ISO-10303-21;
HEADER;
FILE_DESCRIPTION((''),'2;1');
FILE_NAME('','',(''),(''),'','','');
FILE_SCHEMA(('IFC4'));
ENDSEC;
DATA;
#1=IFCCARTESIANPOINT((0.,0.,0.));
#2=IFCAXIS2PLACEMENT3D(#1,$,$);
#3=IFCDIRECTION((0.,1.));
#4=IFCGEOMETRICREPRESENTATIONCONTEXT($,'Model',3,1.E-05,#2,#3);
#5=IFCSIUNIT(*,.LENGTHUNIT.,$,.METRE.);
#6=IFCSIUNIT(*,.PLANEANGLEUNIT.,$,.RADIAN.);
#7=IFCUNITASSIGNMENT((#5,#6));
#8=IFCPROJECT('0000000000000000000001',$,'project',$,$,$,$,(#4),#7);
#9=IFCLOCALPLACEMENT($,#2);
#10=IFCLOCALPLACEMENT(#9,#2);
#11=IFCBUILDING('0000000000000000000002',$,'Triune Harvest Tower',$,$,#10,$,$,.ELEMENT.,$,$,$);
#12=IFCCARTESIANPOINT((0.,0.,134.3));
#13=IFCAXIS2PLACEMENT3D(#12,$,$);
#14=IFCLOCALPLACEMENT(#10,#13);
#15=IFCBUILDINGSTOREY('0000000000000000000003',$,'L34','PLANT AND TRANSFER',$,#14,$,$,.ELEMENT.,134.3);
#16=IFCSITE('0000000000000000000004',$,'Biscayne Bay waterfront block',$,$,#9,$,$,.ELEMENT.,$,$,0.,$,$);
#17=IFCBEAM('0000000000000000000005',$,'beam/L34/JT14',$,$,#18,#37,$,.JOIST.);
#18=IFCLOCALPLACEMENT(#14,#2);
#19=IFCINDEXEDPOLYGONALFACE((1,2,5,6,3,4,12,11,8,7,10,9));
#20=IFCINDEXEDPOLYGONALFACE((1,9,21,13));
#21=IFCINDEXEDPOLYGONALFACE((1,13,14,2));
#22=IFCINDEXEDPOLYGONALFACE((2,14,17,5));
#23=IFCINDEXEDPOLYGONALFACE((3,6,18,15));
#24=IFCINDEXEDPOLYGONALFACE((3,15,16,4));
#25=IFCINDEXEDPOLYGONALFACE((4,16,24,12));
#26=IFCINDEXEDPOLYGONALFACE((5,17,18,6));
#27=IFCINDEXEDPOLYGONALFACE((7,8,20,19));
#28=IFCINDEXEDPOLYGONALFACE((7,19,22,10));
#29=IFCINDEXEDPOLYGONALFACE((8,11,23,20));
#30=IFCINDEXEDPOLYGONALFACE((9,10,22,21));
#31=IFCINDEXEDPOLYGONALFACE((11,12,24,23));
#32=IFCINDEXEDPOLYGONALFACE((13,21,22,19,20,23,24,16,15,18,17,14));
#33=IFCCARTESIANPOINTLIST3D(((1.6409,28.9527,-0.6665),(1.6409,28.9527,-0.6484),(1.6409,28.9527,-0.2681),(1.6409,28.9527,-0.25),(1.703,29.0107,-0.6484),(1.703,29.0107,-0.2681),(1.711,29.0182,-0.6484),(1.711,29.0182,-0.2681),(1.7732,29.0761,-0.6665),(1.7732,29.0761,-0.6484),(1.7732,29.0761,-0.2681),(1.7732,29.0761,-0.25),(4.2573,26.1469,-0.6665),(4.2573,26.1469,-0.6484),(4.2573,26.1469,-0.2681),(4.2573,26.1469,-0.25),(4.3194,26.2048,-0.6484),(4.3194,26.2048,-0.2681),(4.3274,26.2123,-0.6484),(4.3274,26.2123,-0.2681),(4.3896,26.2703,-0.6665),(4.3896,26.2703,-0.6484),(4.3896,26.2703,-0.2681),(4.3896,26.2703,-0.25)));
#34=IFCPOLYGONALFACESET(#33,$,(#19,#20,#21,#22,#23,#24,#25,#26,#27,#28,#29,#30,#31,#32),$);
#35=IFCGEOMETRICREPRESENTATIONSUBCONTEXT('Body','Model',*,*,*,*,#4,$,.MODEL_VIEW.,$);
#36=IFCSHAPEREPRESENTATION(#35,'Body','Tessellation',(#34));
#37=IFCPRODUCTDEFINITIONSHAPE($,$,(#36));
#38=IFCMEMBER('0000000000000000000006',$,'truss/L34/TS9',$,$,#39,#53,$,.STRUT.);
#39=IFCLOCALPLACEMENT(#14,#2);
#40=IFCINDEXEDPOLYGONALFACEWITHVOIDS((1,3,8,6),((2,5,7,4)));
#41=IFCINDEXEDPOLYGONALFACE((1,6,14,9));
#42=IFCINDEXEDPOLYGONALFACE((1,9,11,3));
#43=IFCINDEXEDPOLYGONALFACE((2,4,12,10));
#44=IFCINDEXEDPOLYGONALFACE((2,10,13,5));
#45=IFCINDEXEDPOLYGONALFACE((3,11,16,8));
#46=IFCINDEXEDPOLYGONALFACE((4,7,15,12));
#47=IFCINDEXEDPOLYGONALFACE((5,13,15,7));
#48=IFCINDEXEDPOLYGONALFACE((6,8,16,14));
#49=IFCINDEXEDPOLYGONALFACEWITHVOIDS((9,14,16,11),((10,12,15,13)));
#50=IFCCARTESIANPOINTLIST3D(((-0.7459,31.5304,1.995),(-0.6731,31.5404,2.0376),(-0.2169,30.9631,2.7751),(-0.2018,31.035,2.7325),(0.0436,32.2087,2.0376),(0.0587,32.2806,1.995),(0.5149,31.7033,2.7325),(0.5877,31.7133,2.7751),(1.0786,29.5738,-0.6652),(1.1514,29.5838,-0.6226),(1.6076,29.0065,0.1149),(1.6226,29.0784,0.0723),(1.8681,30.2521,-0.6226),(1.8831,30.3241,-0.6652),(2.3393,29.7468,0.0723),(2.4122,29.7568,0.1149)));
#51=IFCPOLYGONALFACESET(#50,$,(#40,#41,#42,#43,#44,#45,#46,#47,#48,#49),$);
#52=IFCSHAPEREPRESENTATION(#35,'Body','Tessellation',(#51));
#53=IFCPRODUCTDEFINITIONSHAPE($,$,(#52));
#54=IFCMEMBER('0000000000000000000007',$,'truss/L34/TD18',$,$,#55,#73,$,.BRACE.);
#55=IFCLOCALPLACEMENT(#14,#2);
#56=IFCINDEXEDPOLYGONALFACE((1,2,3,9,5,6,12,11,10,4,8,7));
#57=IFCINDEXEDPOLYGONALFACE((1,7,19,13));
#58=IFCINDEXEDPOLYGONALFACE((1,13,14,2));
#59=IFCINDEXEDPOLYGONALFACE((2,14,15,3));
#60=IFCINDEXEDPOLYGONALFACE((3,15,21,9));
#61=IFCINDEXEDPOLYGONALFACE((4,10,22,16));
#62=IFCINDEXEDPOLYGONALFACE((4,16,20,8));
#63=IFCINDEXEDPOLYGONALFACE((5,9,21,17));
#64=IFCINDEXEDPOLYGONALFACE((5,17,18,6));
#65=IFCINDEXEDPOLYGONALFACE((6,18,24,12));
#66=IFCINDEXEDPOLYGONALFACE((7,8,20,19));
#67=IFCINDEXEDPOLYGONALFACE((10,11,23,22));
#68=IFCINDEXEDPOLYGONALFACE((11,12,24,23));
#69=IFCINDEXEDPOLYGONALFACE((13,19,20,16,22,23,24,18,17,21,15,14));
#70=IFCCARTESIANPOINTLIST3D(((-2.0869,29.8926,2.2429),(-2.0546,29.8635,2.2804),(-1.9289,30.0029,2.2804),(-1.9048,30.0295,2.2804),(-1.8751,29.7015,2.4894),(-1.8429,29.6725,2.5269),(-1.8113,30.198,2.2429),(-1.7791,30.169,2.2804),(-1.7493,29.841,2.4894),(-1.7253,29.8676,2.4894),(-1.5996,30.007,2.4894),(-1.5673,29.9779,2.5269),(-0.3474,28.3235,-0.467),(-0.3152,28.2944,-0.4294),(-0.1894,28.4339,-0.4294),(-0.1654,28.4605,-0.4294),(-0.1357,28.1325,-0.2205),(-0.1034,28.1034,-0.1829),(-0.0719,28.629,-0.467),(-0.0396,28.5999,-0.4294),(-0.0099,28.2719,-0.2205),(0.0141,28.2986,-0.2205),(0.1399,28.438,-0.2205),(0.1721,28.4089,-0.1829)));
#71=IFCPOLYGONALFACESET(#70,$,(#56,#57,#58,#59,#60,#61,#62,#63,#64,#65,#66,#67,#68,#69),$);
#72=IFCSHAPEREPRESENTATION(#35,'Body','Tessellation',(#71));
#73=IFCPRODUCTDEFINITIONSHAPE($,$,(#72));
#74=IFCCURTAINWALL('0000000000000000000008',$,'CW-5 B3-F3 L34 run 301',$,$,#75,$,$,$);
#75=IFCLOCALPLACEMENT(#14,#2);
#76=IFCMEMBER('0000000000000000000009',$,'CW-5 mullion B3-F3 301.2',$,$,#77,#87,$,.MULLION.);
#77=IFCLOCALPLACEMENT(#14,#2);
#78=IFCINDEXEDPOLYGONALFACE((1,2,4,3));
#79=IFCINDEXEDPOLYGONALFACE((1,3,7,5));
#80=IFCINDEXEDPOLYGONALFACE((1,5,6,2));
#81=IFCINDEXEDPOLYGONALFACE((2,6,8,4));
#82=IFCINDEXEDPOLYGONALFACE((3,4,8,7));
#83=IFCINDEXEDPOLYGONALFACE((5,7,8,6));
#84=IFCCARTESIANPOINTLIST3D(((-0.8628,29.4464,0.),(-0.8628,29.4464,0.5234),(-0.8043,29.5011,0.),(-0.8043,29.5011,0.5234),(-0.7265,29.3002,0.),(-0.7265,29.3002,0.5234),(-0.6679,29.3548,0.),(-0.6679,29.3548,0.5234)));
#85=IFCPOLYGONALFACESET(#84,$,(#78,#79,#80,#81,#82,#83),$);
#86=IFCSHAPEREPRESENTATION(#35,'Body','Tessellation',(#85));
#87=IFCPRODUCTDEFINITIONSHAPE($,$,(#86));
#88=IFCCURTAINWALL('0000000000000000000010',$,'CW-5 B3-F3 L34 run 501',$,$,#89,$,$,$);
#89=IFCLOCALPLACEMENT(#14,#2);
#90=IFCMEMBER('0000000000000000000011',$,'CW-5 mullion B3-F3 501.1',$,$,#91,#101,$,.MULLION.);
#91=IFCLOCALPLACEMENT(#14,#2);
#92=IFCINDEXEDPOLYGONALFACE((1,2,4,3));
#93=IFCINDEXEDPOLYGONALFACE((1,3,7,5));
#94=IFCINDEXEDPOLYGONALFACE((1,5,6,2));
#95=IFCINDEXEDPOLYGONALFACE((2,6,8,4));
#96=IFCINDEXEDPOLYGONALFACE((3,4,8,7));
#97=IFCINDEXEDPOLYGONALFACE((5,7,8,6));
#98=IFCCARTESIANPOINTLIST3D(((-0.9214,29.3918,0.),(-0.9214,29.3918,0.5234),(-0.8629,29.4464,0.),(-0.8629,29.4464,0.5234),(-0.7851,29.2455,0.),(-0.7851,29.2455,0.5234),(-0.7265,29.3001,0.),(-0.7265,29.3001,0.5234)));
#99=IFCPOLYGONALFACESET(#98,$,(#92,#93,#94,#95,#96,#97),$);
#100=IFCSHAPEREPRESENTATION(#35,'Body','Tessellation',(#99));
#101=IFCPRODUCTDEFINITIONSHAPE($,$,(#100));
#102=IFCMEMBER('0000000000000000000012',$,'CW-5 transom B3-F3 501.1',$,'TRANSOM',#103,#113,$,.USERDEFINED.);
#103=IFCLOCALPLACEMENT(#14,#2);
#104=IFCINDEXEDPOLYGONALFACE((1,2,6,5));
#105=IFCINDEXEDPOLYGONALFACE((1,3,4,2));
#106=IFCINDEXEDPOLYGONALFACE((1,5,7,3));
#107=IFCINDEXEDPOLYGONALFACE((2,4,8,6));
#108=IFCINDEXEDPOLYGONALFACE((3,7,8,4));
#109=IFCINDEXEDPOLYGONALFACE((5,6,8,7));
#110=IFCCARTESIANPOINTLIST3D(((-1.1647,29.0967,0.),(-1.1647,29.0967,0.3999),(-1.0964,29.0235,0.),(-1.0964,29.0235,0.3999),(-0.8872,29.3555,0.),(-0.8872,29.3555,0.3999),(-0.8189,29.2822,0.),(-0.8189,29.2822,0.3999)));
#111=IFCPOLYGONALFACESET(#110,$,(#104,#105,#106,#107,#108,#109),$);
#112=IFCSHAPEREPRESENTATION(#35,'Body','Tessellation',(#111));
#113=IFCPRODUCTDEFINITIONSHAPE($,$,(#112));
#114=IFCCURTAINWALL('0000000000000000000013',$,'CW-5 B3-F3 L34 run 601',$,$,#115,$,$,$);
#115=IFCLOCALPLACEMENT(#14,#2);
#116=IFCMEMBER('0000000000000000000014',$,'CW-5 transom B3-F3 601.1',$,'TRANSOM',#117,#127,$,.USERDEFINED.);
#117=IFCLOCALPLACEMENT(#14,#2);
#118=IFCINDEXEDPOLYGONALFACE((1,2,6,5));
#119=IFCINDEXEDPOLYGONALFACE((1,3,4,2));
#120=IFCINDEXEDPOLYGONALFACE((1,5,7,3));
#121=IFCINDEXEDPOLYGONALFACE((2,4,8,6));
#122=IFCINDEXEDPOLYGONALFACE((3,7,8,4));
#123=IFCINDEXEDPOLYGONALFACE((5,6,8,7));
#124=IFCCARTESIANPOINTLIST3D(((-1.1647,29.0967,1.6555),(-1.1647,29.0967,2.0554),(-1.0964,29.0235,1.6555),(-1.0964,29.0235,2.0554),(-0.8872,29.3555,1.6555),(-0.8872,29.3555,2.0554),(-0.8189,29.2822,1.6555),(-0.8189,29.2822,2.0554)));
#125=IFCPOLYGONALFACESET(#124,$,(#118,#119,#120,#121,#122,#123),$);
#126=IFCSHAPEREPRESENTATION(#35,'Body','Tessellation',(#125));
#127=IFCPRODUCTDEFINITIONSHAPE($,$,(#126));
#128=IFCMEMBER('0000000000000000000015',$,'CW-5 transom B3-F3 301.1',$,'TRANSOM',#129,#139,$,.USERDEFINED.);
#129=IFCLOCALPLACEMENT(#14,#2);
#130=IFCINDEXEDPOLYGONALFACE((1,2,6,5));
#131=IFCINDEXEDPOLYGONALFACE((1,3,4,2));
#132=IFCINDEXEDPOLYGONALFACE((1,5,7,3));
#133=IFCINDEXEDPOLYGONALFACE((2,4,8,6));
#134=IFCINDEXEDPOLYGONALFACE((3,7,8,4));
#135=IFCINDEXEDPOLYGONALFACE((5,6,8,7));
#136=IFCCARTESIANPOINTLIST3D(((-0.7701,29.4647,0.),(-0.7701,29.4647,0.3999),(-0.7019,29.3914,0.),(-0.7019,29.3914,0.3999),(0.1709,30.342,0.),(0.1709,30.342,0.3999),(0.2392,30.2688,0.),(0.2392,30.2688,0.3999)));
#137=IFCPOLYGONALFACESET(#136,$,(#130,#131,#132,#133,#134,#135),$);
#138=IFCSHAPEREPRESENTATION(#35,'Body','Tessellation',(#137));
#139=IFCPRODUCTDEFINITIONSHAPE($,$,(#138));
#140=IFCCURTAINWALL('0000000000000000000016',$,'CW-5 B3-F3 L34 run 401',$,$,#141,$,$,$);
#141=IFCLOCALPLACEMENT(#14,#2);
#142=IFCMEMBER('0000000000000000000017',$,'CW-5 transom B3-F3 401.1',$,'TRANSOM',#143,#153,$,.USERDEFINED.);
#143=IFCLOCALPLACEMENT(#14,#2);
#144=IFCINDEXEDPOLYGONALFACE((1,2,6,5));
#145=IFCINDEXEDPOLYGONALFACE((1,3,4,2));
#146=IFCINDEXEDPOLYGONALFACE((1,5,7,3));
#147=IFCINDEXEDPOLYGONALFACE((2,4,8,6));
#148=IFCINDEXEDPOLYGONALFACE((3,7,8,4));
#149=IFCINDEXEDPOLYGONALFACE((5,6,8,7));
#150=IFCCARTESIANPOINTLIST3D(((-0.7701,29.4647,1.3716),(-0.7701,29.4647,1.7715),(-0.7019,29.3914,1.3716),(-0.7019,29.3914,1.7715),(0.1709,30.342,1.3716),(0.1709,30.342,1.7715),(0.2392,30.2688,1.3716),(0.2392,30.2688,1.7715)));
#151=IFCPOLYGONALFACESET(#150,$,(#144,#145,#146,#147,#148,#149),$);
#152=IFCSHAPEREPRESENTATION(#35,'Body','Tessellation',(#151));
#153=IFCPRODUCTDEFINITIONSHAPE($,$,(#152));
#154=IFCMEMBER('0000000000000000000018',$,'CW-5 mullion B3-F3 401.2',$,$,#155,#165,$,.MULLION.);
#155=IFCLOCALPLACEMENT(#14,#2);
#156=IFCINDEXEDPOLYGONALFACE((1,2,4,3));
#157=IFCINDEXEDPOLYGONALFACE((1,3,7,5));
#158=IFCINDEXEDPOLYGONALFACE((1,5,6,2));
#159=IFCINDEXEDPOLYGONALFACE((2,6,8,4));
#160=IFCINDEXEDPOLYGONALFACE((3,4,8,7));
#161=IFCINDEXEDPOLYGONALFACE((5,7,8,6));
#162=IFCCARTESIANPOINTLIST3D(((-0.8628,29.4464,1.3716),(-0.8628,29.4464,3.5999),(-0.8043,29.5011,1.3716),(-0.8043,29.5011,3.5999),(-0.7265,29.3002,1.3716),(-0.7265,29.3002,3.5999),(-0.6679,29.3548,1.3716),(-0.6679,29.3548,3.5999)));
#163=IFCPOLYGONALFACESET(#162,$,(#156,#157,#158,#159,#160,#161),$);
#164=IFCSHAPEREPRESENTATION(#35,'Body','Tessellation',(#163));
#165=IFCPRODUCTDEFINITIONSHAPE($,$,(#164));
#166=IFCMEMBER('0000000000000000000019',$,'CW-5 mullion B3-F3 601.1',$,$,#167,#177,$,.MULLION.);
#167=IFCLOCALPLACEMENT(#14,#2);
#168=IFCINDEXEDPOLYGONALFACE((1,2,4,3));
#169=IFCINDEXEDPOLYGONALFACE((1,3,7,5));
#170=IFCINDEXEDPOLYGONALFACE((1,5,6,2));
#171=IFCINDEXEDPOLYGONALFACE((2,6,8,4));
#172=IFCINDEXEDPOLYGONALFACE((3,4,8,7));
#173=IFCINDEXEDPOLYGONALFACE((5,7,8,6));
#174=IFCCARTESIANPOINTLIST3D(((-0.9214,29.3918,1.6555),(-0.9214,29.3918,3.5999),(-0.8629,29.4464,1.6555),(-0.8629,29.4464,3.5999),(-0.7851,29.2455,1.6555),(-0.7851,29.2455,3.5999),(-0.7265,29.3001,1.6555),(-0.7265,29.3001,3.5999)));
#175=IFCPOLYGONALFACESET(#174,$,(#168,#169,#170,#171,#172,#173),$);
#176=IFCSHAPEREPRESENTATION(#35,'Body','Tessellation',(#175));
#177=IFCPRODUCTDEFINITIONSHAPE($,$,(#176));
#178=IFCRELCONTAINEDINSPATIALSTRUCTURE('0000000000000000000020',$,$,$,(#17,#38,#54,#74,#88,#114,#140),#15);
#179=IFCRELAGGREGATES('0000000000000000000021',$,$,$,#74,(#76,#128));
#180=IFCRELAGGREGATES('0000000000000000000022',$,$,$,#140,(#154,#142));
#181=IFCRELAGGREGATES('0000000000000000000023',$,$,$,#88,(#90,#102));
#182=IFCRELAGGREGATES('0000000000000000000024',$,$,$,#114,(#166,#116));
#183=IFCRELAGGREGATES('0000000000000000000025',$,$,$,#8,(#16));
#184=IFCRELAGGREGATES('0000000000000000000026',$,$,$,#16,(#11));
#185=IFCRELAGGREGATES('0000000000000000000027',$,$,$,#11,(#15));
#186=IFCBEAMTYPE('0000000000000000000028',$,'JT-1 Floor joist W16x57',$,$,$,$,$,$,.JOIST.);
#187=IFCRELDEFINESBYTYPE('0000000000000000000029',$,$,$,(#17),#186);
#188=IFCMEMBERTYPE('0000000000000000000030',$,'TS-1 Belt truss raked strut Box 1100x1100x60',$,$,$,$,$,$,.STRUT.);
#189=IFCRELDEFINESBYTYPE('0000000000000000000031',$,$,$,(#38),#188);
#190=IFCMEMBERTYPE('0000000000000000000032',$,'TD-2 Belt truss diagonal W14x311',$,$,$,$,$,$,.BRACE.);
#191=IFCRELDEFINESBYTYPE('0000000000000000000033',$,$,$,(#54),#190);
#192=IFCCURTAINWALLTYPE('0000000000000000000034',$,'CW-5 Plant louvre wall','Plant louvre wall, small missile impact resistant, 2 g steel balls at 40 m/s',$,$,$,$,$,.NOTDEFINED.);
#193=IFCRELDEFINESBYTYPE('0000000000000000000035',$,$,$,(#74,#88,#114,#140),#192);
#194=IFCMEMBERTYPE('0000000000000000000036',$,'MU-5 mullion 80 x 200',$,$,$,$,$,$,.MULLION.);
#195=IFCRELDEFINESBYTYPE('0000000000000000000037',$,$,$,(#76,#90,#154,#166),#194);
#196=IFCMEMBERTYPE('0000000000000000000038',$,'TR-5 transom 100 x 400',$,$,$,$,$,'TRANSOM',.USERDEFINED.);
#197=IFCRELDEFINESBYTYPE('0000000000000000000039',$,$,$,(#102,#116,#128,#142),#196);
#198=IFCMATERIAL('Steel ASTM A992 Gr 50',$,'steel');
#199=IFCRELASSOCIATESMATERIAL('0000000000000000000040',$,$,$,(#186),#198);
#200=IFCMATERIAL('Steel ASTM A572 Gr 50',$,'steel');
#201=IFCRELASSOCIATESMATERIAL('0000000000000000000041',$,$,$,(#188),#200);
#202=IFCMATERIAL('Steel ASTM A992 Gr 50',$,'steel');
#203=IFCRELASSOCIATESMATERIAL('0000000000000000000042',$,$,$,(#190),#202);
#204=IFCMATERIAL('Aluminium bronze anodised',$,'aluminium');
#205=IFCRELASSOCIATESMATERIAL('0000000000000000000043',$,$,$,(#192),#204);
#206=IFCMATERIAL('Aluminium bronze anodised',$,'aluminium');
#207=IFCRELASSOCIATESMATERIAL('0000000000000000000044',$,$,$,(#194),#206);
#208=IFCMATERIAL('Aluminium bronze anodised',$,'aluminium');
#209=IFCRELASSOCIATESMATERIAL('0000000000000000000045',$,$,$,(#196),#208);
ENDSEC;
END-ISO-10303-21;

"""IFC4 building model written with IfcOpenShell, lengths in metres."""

from ifc_helpers import new_model, si_unit, direction, frame, origin, origin_2d, place, context, subcontext, project, spatial, rectangle, hollow_rectangle, i_section, extrude, source, transform, mapped, material, material_profile, profile_set, type_object, element, aggregate, save


model = new_model("IFC4")

# Units and contexts
model_context = context("Model", 3, precision=1e-05, world=origin(), true_north=direction((0.0, 1.0)))
body_context = subcontext(model_context, "Body", "Model", "MODEL_VIEW")
ifc_project = project(units=[si_unit("LENGTHUNIT", "METRE"), si_unit("PLANEANGLEUNIT", "RADIAN")], contexts=[model_context])

# Site, building, storey
site_placement = place(None, origin())
site = spatial("IfcSite", under=ifc_project, at=site_placement, Name="Biscayne Bay waterfront block", CompositionType="ELEMENT", RefElevation=0.0)
building_placement = place(site_placement, origin())
building = spatial("IfcBuilding", under=site, at=building_placement, Name="Triune Harvest Tower", CompositionType="ELEMENT")
storey_placement = place(building_placement, frame((0.0, 0.0, 134.3)))
storey = spatial("IfcBuildingStorey", under=building, at=storey_placement, Name="L34", Description="PLANT AND TRANSFER", CompositionType="ELEMENT", Elevation=134.3)

# Beam
ifc_material_1 = material(Name="Steel ASTM A992 Gr 50", Category="steel")
ifc_material_profile_1 = material_profile(ifc_material_1, i_section(OverallWidth=0.1809, OverallDepth=0.4165, WebThickness=0.011, FlangeThickness=0.0181, at=origin_2d()), Name="W16x57")
ifc_profile_set_1 = profile_set([ifc_material_profile_1], Name="Steel ASTM A992 Gr 50")
beam_type = type_object("IfcBeamType", Name="JT-1 Floor joist W16x57", PredefinedType="JOIST", material=ifc_profile_set_1)
shared_shape_1 = source(origin(), body_context, "Body", "SweptSolid", [
    extrude(i_section(OverallWidth=0.1809, OverallDepth=0.4165, WebThickness=0.011, FlangeThickness=0.0181, at=origin_2d()), origin(), (0.0, 0.0, 1.0), 3.8364),
])
beam_placement = place(storey_placement, frame((1.707, 29.0144, -0.4583), z_axis=(0.681985, -0.731366, 0.0), x_axis=(0.731366, 0.681985, 0.0)))
element("IfcBeam", 1, at=beam_placement, inside=storey, type_object=beam_type, Name="beam/L34/JT14", PredefinedType="JOIST", context=body_context, shape_type="MappedRepresentation", body=[
    mapped(shared_shape_1, transform((0.0, 0.0, 0.0), scale=1.0)),
])

# Members
ifc_material_2 = material(Name="Steel ASTM A572 Gr 50", Category="steel")
ifc_material_profile_2 = material_profile(ifc_material_2, hollow_rectangle(XDim=1.1001, YDim=1.1001, WallThickness=0.0601, at=origin_2d()), Name="Box 1100x1100x60")
ifc_profile_set_2 = profile_set([ifc_material_profile_2], Name="Steel ASTM A572 Gr 50")
member_type_1 = type_object("IfcMemberType", Name="TS-1 Belt truss raked strut Box 1100x1100x60", PredefinedType="STRUT", material=ifc_profile_set_2)
shared_shape_2 = source(origin(), body_context, "Body", "SweptSolid", [
    extrude(hollow_rectangle(XDim=1.1001, YDim=1.1001, WallThickness=0.0601, at=origin_2d()), origin(), (0.0, 0.0, 1.0), 3.7727),
])
member_1_placement = place(storey_placement, frame((1.7454, 29.6653, -0.2751), z_axis=(-0.483598, 0.518607, 0.705109), x_axis=(-0.731362, -0.68199, 0.0)))
element("IfcMember", 2, at=member_1_placement, inside=storey, type_object=member_type_1, Name="truss/L34/TS9", PredefinedType="STRUT", context=body_context, shape_type="MappedRepresentation", body=[
    mapped(shared_shape_2, transform((0.0, 0.0, 0.0), scale=1.0)),
])
ifc_material_3 = material(Name="Steel ASTM A992 Gr 50", Category="steel")
ifc_material_profile_3 = material_profile(ifc_material_3, i_section(OverallWidth=0.4114, OverallDepth=0.4343, WebThickness=0.0359, FlangeThickness=0.0574, at=origin_2d()), Name="W14x311")
ifc_profile_set_3 = profile_set([ifc_material_profile_3], Name="Steel ASTM A992 Gr 50")
member_type_2 = type_object("IfcMemberType", Name="TD-2 Belt truss diagonal W14x311", PredefinedType="BRACE", material=ifc_profile_set_3)
shared_shape_3 = source(origin(), body_context, "Body", "SweptSolid", [
    extrude(i_section(OverallWidth=0.4114, OverallDepth=0.4343, WebThickness=0.0359, FlangeThickness=0.0574, at=origin_2d()), origin(), (0.0, 0.0, 1.0), 3.582),
])
member_2_placement = place(storey_placement, frame((-0.0876, 28.3662, -0.325), z_axis=(-0.485603, 0.438031, 0.756518), x_axis=(-0.669799, -0.742542, 0.0)))
element("IfcMember", 3, at=member_2_placement, inside=storey, type_object=member_type_2, Name="truss/L34/TD18", PredefinedType="BRACE", context=body_context, shape_type="MappedRepresentation", body=[
    mapped(shared_shape_3, transform((0.0, 0.0, 0.0), scale=1.0)),
])

# Curtain wall, member
ifc_material_4 = material(Name="Aluminium bronze anodised", Category="aluminium")
curtain_wall_type = type_object("IfcCurtainWallType", Name="CW-5 Plant louvre wall", Description="Plant louvre wall, small missile impact resistant, 2 g steel balls at 40 m/s", PredefinedType="NOTDEFINED", material=ifc_material_4)
curtain_wall_1_placement = place(storey_placement, origin())
curtain_wall_1 = element("IfcCurtainWall", 4, at=curtain_wall_1_placement, inside=storey, type_object=curtain_wall_type, Name="CW-5 B3-F3 L34 run 301")
ifc_material_5 = material(Name="Aluminium bronze anodised", Category="aluminium")
ifc_material_profile_4 = material_profile(ifc_material_5, rectangle(XDim=0.2, YDim=0.0801, at=origin_2d()), Name="MU-5 mullion 80 x 200")
ifc_profile_set_4 = profile_set([ifc_material_profile_4], Name="Aluminium bronze anodised")
member_type_3 = type_object("IfcMemberType", Name="MU-5 mullion 80 x 200", PredefinedType="MULLION", material=ifc_profile_set_4)
shared_shape_4 = source(origin(), body_context, "Body", "SweptSolid", [
    extrude(rectangle(XDim=0.2, YDim=0.0801, at=origin_2d()), origin(), (0.0, 0.0, 1.0), 0.5234),
])
member_3_placement = place(storey_placement, frame((-0.7654, 29.4006, 0.0), z_axis=(0.0, 0.0, 1.0), x_axis=(0.682, -0.731352, 0.0)))
member_3 = element("IfcMember", 5, at=member_3_placement, type_object=member_type_3, Name="CW-5 mullion B3-F3 301.2", PredefinedType="MULLION", context=body_context, shape_type="MappedRepresentation", body=[
    mapped(shared_shape_4, transform((0.0, 0.0, 0.0), scale=1.0)),
])

# Curtain wall, members
curtain_wall_2_placement = place(storey_placement, origin())
curtain_wall_2 = element("IfcCurtainWall", 6, at=curtain_wall_2_placement, inside=storey, type_object=curtain_wall_type, Name="CW-5 B3-F3 L34 run 501")
member_4_placement = place(storey_placement, frame((-0.824, 29.3459, 0.0), z_axis=(0.0, 0.0, 1.0), x_axis=(0.681922, -0.731425, 0.0)))
member_4 = element("IfcMember", 7, at=member_4_placement, type_object=member_type_3, Name="CW-5 mullion B3-F3 501.1", PredefinedType="MULLION", context=body_context, shape_type="MappedRepresentation", body=[
    mapped(shared_shape_4, transform((0.0, 0.0, 0.0), scale=1.0)),
])
ifc_material_6 = material(Name="Aluminium bronze anodised", Category="aluminium")
ifc_material_profile_5 = material_profile(ifc_material_6, rectangle(XDim=0.1001, YDim=0.3999, at=origin_2d()), Name="TR-5 transom 100 x 400")
ifc_profile_set_5 = profile_set([ifc_material_profile_5], Name="Aluminium bronze anodised")
member_type_4 = type_object("IfcMemberType", Name="TR-5 transom 100 x 400", ElementType="TRANSOM", PredefinedType="USERDEFINED", material=ifc_profile_set_5)
shared_shape_5 = source(origin(), body_context, "Body", "SweptSolid", [
    extrude(rectangle(XDim=0.1001, YDim=0.3999, at=origin_2d()), origin(), (0.0, 0.0, 1.0), 0.3794),
])
member_5_placement = place(storey_placement, frame((-0.853, 29.3188, 0.2), z_axis=(-0.73144, -0.681906, 0.0), x_axis=(0.681906, -0.73144, 0.0)))
member_5 = element("IfcMember", 8, at=member_5_placement, type_object=member_type_4, Name="CW-5 transom B3-F3 501.1", ObjectType="TRANSOM", PredefinedType="USERDEFINED", context=body_context, shape_type="MappedRepresentation", body=[
    mapped(shared_shape_5, transform((0.0, 0.0, 0.0), scale=1.0)),
])

# Curtain wall, member
curtain_wall_3_placement = place(storey_placement, origin())
curtain_wall_3 = element("IfcCurtainWall", 9, at=curtain_wall_3_placement, inside=storey, type_object=curtain_wall_type, Name="CW-5 B3-F3 L34 run 601")
member_6_placement = place(storey_placement, frame((-0.853, 29.3188, 1.8555), z_axis=(-0.73144, -0.681906, 0.0), x_axis=(0.681906, -0.73144, 0.0)))
member_6 = element("IfcMember", 10, at=member_6_placement, type_object=member_type_4, Name="CW-5 transom B3-F3 601.1", ObjectType="TRANSOM", PredefinedType="USERDEFINED", context=body_context, shape_type="MappedRepresentation", body=[
    mapped(shared_shape_5, transform((0.0, 0.0, 0.0), scale=1.0)),
])

# Member
shared_shape_6 = source(origin(), body_context, "Body", "SweptSolid", [
    extrude(rectangle(XDim=0.1001, YDim=0.3999, at=origin_2d()), origin(), (0.0, 0.0, 1.0), 1.2866),
])
member_7_placement = place(storey_placement, frame((0.2051, 30.3054, 0.2), z_axis=(-0.731434, -0.681913, 0.0), x_axis=(0.681913, -0.731434, 0.0)))
member_7 = element("IfcMember", 11, at=member_7_placement, type_object=member_type_4, Name="CW-5 transom B3-F3 301.1", ObjectType="TRANSOM", PredefinedType="USERDEFINED", context=body_context, shape_type="MappedRepresentation", body=[
    mapped(shared_shape_6, transform((0.0, 0.0, 0.0), scale=1.0)),
])

# Curtain wall, members
curtain_wall_4_placement = place(storey_placement, origin())
curtain_wall_4 = element("IfcCurtainWall", 12, at=curtain_wall_4_placement, inside=storey, type_object=curtain_wall_type, Name="CW-5 B3-F3 L34 run 401")
member_8_placement = place(storey_placement, frame((0.2051, 30.3054, 1.5715), z_axis=(-0.731434, -0.681913, 0.0), x_axis=(0.681913, -0.731434, 0.0)))
member_8 = element("IfcMember", 13, at=member_8_placement, type_object=member_type_4, Name="CW-5 transom B3-F3 401.1", ObjectType="TRANSOM", PredefinedType="USERDEFINED", context=body_context, shape_type="MappedRepresentation", body=[
    mapped(shared_shape_6, transform((0.0, 0.0, 0.0), scale=1.0)),
])
shared_shape_7 = source(origin(), body_context, "Body", "SweptSolid", [
    extrude(rectangle(XDim=0.2, YDim=0.0801, at=origin_2d()), origin(), (0.0, 0.0, 1.0), 2.2283),
])
member_9_placement = place(storey_placement, frame((-0.7654, 29.4006, 1.3716), z_axis=(0.0, 0.0, 1.0), x_axis=(0.682, -0.731352, 0.0)))
member_9 = element("IfcMember", 14, at=member_9_placement, type_object=member_type_3, Name="CW-5 mullion B3-F3 401.2", PredefinedType="MULLION", context=body_context, shape_type="MappedRepresentation", body=[
    mapped(shared_shape_7, transform((0.0, 0.0, 0.0), scale=1.0)),
])

# Member
shared_shape_8 = source(origin(), body_context, "Body", "SweptSolid", [
    extrude(rectangle(XDim=0.2, YDim=0.0801, at=origin_2d()), origin(), (0.0, 0.0, 1.0), 1.9443),
])
member_10_placement = place(storey_placement, frame((-0.824, 29.3459, 1.6555), z_axis=(0.0, 0.0, 1.0), x_axis=(0.681922, -0.731425, 0.0)))
member_10 = element("IfcMember", 15, at=member_10_placement, type_object=member_type_3, Name="CW-5 mullion B3-F3 601.1", PredefinedType="MULLION", context=body_context, shape_type="MappedRepresentation", body=[
    mapped(shared_shape_8, transform((0.0, 0.0, 0.0), scale=1.0)),
])

aggregate(curtain_wall_1, [member_3, member_7])
aggregate(curtain_wall_4, [member_9, member_8])
aggregate(curtain_wall_2, [member_4, member_5])
aggregate(curtain_wall_3, [member_10, member_6])

save(model, "model.ifc")
